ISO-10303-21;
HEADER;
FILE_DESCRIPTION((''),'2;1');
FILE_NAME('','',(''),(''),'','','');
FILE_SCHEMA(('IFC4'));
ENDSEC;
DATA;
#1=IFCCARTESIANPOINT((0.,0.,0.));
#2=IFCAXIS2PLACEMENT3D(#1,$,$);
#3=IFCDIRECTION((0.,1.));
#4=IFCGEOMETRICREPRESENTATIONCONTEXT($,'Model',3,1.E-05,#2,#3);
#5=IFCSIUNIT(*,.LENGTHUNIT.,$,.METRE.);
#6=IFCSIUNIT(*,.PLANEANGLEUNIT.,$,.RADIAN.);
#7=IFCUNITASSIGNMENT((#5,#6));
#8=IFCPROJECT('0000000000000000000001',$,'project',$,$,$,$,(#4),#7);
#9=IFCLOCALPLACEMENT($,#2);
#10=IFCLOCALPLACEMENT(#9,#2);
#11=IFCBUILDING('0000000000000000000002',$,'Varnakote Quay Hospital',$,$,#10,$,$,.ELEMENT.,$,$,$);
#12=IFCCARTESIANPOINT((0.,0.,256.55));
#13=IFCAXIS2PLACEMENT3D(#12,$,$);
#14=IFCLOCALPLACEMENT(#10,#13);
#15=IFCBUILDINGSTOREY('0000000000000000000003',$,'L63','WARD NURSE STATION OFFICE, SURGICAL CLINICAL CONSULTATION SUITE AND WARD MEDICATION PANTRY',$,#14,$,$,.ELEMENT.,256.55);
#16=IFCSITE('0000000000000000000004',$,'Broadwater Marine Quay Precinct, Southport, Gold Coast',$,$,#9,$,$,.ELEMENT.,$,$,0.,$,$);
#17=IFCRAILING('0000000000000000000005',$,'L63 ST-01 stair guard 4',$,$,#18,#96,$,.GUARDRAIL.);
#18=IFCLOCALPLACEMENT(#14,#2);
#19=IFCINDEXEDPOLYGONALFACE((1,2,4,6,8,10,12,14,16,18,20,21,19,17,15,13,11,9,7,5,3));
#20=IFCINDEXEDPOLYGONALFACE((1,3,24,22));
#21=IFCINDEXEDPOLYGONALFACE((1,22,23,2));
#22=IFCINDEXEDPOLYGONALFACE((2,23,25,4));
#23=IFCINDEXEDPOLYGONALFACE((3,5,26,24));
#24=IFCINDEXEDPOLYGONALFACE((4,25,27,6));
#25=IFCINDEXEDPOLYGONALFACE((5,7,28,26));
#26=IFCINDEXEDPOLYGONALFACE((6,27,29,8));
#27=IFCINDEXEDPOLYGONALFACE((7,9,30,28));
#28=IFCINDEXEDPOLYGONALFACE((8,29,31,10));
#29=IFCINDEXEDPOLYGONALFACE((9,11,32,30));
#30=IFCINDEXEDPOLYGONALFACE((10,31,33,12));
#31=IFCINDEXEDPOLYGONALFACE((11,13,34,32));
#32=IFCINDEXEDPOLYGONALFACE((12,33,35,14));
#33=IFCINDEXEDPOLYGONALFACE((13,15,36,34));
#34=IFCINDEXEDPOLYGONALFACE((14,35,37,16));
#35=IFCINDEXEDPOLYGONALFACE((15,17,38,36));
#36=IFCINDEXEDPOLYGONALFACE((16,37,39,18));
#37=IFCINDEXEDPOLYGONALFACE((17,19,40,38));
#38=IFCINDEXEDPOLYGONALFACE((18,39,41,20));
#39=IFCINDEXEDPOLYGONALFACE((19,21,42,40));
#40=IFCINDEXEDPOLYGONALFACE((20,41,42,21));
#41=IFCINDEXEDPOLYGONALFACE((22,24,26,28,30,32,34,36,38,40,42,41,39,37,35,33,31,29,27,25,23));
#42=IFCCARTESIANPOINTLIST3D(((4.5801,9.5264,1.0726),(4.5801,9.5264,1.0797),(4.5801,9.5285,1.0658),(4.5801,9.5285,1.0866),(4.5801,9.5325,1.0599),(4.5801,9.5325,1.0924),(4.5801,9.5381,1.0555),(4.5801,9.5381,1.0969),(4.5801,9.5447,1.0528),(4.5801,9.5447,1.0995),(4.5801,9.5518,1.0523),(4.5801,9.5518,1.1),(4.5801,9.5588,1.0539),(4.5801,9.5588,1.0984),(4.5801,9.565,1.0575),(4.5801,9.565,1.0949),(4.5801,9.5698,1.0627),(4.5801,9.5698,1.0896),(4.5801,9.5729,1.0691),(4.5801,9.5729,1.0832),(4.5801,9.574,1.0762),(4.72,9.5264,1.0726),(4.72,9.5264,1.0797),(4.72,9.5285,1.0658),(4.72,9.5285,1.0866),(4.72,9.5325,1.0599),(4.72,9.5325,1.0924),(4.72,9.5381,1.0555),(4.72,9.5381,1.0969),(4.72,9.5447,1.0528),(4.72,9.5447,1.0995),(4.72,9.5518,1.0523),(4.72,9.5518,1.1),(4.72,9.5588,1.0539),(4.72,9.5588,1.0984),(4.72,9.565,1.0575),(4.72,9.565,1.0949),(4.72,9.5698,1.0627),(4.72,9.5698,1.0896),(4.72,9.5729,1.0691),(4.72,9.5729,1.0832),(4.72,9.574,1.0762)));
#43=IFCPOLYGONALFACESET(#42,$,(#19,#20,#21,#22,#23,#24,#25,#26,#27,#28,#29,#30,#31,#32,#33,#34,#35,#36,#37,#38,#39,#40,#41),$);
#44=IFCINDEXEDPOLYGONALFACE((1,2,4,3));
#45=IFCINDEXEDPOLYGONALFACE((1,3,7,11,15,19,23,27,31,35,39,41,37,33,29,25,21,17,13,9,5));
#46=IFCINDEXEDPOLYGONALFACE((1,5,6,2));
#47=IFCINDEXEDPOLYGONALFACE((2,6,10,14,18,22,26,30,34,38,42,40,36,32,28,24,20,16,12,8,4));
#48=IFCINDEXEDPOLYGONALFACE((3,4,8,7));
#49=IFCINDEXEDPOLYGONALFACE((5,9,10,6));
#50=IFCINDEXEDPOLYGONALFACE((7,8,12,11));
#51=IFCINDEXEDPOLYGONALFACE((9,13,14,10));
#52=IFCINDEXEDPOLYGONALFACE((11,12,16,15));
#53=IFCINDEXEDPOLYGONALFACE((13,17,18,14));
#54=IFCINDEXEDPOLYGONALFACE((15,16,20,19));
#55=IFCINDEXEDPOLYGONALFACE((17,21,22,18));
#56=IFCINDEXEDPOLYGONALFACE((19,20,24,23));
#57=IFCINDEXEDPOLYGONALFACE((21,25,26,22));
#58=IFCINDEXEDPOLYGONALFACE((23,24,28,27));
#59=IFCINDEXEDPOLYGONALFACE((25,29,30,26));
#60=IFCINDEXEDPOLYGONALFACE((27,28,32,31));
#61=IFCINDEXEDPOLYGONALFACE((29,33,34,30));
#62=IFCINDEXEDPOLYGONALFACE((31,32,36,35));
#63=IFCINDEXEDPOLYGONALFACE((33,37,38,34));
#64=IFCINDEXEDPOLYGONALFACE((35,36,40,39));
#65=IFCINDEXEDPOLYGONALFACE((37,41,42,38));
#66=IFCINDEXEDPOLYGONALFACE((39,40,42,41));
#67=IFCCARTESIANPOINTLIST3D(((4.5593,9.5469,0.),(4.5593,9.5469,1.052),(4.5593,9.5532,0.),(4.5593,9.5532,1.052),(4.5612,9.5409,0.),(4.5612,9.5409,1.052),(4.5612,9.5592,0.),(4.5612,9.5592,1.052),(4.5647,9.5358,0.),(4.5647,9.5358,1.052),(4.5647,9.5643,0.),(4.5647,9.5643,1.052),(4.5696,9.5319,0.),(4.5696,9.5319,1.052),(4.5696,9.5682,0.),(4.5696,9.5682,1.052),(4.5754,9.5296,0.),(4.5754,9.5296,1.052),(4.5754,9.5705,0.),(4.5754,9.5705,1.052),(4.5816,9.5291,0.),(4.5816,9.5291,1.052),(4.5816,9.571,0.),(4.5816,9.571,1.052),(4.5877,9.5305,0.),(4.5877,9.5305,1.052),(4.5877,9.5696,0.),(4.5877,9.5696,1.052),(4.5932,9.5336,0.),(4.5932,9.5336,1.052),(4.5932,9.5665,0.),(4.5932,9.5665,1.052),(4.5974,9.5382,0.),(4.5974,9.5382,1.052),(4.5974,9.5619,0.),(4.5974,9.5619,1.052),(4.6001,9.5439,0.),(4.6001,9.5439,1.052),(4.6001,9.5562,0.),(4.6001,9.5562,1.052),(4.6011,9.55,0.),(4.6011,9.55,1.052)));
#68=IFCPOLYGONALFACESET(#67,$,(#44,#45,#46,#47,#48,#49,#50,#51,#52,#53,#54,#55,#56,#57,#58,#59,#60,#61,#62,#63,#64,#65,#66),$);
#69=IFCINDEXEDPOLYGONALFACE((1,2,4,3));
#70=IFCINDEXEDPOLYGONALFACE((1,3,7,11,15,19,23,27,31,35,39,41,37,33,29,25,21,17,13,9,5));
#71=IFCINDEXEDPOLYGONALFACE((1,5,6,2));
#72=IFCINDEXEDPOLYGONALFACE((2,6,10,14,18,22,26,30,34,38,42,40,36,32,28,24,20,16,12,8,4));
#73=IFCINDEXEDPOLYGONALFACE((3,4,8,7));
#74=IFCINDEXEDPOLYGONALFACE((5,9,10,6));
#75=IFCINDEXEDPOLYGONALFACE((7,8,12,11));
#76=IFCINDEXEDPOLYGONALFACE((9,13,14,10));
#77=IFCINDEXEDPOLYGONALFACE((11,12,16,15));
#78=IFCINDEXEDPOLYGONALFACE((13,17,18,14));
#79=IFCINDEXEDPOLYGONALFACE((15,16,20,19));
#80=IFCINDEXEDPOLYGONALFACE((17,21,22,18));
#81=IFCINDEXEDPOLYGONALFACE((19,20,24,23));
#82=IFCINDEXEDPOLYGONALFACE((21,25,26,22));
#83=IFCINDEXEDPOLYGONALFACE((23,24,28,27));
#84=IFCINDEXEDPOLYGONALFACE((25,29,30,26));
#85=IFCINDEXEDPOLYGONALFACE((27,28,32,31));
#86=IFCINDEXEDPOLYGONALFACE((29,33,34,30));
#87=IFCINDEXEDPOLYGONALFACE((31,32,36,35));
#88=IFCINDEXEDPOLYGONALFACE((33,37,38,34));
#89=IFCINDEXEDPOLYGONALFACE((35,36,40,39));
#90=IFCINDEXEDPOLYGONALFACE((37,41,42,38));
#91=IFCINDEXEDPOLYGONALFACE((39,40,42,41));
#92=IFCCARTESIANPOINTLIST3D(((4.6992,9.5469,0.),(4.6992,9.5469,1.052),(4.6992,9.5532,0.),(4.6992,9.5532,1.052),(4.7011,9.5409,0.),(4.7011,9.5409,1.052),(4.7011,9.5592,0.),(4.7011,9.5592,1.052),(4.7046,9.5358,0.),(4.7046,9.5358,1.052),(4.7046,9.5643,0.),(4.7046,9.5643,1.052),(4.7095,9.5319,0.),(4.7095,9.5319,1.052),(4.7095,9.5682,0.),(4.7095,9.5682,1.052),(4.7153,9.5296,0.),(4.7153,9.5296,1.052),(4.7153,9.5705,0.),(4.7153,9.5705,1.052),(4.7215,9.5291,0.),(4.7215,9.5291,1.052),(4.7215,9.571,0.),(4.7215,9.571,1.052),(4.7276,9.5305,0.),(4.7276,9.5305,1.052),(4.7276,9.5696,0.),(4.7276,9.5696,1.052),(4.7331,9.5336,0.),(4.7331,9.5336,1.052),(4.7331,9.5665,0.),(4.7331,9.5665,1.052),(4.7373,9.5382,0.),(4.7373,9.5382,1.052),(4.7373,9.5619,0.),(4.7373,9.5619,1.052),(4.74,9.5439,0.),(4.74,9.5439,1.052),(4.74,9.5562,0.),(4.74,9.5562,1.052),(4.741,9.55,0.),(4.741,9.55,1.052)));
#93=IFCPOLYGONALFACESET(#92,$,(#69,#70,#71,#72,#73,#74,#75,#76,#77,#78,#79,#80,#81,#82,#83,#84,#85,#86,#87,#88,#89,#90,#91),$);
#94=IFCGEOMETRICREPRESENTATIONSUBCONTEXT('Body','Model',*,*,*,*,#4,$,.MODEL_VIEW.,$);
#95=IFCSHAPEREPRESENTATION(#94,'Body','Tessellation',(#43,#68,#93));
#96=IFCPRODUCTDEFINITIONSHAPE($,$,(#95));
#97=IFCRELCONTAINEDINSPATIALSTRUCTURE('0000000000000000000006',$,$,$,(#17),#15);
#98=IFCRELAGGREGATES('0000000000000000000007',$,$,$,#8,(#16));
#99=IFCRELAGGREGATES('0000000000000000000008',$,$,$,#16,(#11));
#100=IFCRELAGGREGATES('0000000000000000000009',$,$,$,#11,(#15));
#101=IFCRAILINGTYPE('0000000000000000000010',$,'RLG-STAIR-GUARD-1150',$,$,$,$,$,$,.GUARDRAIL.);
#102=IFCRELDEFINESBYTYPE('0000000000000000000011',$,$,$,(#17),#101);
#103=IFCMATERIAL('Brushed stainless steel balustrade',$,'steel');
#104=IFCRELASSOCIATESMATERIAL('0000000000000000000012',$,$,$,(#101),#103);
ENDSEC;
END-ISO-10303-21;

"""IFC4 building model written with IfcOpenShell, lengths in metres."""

from ifc_helpers import new_model, si_unit, direction, frame, origin, origin_2d, place, context, subcontext, project, spatial, circle, extrude, material, type_object, element, save


model = new_model("IFC4")

# Units and contexts
model_context = context("Model", 3, precision=1e-05, world=origin(), true_north=direction((0.0, 1.0)))
body_context = subcontext(model_context, "Body", "Model", "MODEL_VIEW")
ifc_project = project(units=[si_unit("LENGTHUNIT", "METRE"), si_unit("PLANEANGLEUNIT", "RADIAN")], contexts=[model_context])

# Site, building, storey
site_placement = place(None, origin())
site = spatial("IfcSite", under=ifc_project, at=site_placement, Name="Broadwater Marine Quay Precinct, Southport, Gold Coast", CompositionType="ELEMENT", RefElevation=0.0)
building_placement = place(site_placement, origin())
building = spatial("IfcBuilding", under=site, at=building_placement, Name="Varnakote Quay Hospital", CompositionType="ELEMENT")
storey_placement = place(building_placement, frame((0.0, 0.0, 256.55)))
storey = spatial("IfcBuildingStorey", under=building, at=storey_placement, Name="L63", Description="WARD NURSE STATION OFFICE, SURGICAL CLINICAL CONSULTATION SUITE AND WARD MEDICATION PANTRY", CompositionType="ELEMENT", Elevation=256.55)

# Railing
ifc_material_1 = material(Name="Brushed stainless steel balustrade", Category="steel")
railing_type_1 = type_object("IfcRailingType", Name="RLG-STAIR-GUARD-1150", PredefinedType="GUARDRAIL", material=ifc_material_1)
railing_1_placement = place(storey_placement, frame((4.5801, 9.55, 0.0)))
element("IfcRailing", 1, at=railing_1_placement, inside=storey, type_object=railing_type_1, Name="L63 ST-01 stair guard 4", PredefinedType="GUARDRAIL", context=body_context, shape_type="SweptSolid", body=[
    extrude(circle(Radius=0.0239, at=origin_2d()), frame((0.0, 0.0, 1.0762), z_axis=(1.0, 0.0, 0.0), x_axis=(0.0, 1.0, 0.0)), (0.0, 0.0, 1.0), 0.1399),
    extrude(circle(Radius=0.021, at=origin_2d()), origin(), (0.0, 0.0, 1.0), 1.052),
    extrude(circle(Radius=0.021, at=origin_2d()), frame((0.1399, 0.0, 0.0)), (0.0, 0.0, 1.0), 1.052),
])

save(model, "model.ifc")
